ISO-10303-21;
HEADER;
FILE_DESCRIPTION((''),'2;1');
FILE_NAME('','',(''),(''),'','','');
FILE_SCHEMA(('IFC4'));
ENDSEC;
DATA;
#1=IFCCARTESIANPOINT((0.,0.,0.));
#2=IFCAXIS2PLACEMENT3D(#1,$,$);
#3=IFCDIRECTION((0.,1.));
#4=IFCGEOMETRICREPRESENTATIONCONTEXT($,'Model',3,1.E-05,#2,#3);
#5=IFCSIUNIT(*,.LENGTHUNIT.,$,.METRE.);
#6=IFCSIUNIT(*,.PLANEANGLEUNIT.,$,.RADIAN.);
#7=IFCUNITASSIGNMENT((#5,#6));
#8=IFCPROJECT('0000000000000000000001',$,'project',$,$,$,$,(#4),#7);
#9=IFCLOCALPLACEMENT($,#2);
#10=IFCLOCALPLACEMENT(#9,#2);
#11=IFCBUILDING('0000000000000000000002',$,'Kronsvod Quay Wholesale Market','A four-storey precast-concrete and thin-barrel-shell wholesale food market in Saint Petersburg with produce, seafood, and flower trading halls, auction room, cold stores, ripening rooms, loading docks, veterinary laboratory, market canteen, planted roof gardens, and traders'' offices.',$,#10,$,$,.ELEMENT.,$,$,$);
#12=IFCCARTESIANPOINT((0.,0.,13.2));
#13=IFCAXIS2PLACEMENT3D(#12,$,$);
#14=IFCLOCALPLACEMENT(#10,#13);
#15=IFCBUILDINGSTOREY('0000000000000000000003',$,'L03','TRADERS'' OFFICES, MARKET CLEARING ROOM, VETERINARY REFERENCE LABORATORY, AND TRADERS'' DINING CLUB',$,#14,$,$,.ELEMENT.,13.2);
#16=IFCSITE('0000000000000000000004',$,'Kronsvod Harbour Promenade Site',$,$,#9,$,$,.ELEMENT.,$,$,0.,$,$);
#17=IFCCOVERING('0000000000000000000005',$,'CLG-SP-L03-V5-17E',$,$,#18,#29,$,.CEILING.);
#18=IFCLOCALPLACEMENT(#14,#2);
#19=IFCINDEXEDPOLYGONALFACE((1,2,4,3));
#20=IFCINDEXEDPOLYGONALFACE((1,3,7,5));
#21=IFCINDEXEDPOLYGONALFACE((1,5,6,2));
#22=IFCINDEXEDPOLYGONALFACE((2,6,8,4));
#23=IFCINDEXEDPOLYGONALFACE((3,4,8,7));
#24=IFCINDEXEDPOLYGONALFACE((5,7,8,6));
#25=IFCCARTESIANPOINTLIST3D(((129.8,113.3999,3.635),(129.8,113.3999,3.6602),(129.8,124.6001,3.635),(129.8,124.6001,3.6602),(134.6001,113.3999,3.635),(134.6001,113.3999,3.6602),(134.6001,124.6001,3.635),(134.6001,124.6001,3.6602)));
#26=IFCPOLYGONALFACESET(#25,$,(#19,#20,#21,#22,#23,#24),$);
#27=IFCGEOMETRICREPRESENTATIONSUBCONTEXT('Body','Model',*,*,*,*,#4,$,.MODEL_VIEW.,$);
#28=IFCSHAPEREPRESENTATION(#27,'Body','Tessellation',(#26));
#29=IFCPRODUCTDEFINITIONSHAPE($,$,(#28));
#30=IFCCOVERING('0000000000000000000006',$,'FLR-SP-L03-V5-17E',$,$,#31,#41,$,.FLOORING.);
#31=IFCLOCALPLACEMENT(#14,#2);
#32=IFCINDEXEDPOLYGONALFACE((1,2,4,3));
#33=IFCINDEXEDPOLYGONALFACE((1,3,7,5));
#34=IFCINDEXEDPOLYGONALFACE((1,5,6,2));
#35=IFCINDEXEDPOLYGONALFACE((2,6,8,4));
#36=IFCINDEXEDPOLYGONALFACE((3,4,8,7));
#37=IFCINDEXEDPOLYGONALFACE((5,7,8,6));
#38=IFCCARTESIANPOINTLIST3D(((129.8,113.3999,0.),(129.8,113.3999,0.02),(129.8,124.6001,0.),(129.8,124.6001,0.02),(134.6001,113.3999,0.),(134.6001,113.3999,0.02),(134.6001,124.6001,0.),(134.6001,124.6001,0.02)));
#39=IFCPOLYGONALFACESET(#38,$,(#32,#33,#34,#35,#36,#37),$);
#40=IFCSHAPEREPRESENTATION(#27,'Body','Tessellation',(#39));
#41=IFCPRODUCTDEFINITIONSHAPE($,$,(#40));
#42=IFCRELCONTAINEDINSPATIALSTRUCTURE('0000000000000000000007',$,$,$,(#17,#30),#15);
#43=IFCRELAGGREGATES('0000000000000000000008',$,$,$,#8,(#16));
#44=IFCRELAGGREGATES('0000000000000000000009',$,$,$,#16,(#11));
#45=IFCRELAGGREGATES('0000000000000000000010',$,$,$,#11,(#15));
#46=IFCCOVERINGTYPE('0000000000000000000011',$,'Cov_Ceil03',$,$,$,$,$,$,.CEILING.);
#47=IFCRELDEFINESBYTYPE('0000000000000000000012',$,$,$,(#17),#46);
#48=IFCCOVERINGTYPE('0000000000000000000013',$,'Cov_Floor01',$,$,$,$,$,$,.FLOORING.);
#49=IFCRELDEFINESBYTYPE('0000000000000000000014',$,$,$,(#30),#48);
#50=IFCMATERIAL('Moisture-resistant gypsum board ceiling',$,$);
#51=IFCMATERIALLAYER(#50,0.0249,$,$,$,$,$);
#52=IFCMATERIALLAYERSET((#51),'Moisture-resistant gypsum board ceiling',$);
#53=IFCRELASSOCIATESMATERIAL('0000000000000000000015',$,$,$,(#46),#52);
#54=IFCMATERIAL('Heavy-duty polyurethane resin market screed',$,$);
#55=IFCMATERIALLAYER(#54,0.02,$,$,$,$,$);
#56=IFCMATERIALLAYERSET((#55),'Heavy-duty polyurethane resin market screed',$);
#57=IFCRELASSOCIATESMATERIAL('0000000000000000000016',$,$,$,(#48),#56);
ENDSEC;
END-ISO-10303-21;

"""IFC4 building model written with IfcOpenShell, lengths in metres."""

from ifc_helpers import new_model, si_unit, direction, frame, origin, place, context, subcontext, project, spatial, polyline, outline, extrude, material, layer, layer_set, type_object, element, save


model = new_model("IFC4")

# Units and contexts
model_context = context("Model", 3, precision=1e-05, world=origin(), true_north=direction((0.0, 1.0)))
body_context = subcontext(model_context, "Body", "Model", "MODEL_VIEW")
ifc_project = project(units=[si_unit("LENGTHUNIT", "METRE"), si_unit("PLANEANGLEUNIT", "RADIAN")], contexts=[model_context])

# Site, building, storey
site_placement = place(None, origin())
site = spatial("IfcSite", under=ifc_project, at=site_placement, Name="Kronsvod Harbour Promenade Site", CompositionType="ELEMENT", RefElevation=0.0)
building_placement = place(site_placement, origin())
building = spatial("IfcBuilding", under=site, at=building_placement, Name="Kronsvod Quay Wholesale Market", Description="A four-storey precast-concrete and thin-barrel-shell wholesale food market in Saint Petersburg with produce, seafood, and flower trading halls, auction room, cold stores, ripening rooms, loading docks, veterinary laboratory, market canteen, planted roof gardens, and traders' offices.", CompositionType="ELEMENT")
storey_placement = place(building_placement, frame((0.0, 0.0, 13.2)))
storey = spatial("IfcBuildingStorey", under=building, at=storey_placement, Name="L03", Description="TRADERS' OFFICES, MARKET CLEARING ROOM, VETERINARY REFERENCE LABORATORY, AND TRADERS' DINING CLUB", CompositionType="ELEMENT", Elevation=13.2)

# Coverings
ifc_material_1 = material(Name="Moisture-resistant gypsum board ceiling")
ifc_layer_1 = layer(ifc_material_1, 0.0249)
ifc_layer_set_1 = layer_set([ifc_layer_1], Name="Moisture-resistant gypsum board ceiling")
covering_type_1 = type_object("IfcCoveringType", Name="Cov_Ceil03", PredefinedType="CEILING", material=ifc_layer_set_1)
covering_1_placement = place(storey_placement, frame((0.0, 0.0, 3.635)))
element("IfcCovering", 1, at=covering_1_placement, inside=storey, type_object=covering_type_1, Name="CLG-SP-L03-V5-17E", PredefinedType="CEILING", context=body_context, shape_type="SweptSolid", body=[
    extrude(outline(polyline([(129.8, 113.3999), (134.6001, 113.3999), (134.6001, 124.6001), (129.8, 124.6001), (129.8, 113.3999)])), origin(), (0.0, 0.0, 1.0), 0.0251),
])
ifc_material_2 = material(Name="Heavy-duty polyurethane resin market screed")
ifc_layer_2 = layer(ifc_material_2, 0.02)
ifc_layer_set_2 = layer_set([ifc_layer_2], Name="Heavy-duty polyurethane resin market screed")
covering_type_2 = type_object("IfcCoveringType", Name="Cov_Floor01", PredefinedType="FLOORING", material=ifc_layer_set_2)
covering_2_placement = place(storey_placement, origin())
element("IfcCovering", 2, at=covering_2_placement, inside=storey, type_object=covering_type_2, Name="FLR-SP-L03-V5-17E", PredefinedType="FLOORING", context=body_context, shape_type="SweptSolid", body=[
    extrude(outline(polyline([(129.8, 113.3999), (134.6001, 113.3999), (134.6001, 124.6001), (129.8, 124.6001), (129.8, 113.3999)])), origin(), (0.0, 0.0, 1.0), 0.02),
])

save(model, "model.ifc")
